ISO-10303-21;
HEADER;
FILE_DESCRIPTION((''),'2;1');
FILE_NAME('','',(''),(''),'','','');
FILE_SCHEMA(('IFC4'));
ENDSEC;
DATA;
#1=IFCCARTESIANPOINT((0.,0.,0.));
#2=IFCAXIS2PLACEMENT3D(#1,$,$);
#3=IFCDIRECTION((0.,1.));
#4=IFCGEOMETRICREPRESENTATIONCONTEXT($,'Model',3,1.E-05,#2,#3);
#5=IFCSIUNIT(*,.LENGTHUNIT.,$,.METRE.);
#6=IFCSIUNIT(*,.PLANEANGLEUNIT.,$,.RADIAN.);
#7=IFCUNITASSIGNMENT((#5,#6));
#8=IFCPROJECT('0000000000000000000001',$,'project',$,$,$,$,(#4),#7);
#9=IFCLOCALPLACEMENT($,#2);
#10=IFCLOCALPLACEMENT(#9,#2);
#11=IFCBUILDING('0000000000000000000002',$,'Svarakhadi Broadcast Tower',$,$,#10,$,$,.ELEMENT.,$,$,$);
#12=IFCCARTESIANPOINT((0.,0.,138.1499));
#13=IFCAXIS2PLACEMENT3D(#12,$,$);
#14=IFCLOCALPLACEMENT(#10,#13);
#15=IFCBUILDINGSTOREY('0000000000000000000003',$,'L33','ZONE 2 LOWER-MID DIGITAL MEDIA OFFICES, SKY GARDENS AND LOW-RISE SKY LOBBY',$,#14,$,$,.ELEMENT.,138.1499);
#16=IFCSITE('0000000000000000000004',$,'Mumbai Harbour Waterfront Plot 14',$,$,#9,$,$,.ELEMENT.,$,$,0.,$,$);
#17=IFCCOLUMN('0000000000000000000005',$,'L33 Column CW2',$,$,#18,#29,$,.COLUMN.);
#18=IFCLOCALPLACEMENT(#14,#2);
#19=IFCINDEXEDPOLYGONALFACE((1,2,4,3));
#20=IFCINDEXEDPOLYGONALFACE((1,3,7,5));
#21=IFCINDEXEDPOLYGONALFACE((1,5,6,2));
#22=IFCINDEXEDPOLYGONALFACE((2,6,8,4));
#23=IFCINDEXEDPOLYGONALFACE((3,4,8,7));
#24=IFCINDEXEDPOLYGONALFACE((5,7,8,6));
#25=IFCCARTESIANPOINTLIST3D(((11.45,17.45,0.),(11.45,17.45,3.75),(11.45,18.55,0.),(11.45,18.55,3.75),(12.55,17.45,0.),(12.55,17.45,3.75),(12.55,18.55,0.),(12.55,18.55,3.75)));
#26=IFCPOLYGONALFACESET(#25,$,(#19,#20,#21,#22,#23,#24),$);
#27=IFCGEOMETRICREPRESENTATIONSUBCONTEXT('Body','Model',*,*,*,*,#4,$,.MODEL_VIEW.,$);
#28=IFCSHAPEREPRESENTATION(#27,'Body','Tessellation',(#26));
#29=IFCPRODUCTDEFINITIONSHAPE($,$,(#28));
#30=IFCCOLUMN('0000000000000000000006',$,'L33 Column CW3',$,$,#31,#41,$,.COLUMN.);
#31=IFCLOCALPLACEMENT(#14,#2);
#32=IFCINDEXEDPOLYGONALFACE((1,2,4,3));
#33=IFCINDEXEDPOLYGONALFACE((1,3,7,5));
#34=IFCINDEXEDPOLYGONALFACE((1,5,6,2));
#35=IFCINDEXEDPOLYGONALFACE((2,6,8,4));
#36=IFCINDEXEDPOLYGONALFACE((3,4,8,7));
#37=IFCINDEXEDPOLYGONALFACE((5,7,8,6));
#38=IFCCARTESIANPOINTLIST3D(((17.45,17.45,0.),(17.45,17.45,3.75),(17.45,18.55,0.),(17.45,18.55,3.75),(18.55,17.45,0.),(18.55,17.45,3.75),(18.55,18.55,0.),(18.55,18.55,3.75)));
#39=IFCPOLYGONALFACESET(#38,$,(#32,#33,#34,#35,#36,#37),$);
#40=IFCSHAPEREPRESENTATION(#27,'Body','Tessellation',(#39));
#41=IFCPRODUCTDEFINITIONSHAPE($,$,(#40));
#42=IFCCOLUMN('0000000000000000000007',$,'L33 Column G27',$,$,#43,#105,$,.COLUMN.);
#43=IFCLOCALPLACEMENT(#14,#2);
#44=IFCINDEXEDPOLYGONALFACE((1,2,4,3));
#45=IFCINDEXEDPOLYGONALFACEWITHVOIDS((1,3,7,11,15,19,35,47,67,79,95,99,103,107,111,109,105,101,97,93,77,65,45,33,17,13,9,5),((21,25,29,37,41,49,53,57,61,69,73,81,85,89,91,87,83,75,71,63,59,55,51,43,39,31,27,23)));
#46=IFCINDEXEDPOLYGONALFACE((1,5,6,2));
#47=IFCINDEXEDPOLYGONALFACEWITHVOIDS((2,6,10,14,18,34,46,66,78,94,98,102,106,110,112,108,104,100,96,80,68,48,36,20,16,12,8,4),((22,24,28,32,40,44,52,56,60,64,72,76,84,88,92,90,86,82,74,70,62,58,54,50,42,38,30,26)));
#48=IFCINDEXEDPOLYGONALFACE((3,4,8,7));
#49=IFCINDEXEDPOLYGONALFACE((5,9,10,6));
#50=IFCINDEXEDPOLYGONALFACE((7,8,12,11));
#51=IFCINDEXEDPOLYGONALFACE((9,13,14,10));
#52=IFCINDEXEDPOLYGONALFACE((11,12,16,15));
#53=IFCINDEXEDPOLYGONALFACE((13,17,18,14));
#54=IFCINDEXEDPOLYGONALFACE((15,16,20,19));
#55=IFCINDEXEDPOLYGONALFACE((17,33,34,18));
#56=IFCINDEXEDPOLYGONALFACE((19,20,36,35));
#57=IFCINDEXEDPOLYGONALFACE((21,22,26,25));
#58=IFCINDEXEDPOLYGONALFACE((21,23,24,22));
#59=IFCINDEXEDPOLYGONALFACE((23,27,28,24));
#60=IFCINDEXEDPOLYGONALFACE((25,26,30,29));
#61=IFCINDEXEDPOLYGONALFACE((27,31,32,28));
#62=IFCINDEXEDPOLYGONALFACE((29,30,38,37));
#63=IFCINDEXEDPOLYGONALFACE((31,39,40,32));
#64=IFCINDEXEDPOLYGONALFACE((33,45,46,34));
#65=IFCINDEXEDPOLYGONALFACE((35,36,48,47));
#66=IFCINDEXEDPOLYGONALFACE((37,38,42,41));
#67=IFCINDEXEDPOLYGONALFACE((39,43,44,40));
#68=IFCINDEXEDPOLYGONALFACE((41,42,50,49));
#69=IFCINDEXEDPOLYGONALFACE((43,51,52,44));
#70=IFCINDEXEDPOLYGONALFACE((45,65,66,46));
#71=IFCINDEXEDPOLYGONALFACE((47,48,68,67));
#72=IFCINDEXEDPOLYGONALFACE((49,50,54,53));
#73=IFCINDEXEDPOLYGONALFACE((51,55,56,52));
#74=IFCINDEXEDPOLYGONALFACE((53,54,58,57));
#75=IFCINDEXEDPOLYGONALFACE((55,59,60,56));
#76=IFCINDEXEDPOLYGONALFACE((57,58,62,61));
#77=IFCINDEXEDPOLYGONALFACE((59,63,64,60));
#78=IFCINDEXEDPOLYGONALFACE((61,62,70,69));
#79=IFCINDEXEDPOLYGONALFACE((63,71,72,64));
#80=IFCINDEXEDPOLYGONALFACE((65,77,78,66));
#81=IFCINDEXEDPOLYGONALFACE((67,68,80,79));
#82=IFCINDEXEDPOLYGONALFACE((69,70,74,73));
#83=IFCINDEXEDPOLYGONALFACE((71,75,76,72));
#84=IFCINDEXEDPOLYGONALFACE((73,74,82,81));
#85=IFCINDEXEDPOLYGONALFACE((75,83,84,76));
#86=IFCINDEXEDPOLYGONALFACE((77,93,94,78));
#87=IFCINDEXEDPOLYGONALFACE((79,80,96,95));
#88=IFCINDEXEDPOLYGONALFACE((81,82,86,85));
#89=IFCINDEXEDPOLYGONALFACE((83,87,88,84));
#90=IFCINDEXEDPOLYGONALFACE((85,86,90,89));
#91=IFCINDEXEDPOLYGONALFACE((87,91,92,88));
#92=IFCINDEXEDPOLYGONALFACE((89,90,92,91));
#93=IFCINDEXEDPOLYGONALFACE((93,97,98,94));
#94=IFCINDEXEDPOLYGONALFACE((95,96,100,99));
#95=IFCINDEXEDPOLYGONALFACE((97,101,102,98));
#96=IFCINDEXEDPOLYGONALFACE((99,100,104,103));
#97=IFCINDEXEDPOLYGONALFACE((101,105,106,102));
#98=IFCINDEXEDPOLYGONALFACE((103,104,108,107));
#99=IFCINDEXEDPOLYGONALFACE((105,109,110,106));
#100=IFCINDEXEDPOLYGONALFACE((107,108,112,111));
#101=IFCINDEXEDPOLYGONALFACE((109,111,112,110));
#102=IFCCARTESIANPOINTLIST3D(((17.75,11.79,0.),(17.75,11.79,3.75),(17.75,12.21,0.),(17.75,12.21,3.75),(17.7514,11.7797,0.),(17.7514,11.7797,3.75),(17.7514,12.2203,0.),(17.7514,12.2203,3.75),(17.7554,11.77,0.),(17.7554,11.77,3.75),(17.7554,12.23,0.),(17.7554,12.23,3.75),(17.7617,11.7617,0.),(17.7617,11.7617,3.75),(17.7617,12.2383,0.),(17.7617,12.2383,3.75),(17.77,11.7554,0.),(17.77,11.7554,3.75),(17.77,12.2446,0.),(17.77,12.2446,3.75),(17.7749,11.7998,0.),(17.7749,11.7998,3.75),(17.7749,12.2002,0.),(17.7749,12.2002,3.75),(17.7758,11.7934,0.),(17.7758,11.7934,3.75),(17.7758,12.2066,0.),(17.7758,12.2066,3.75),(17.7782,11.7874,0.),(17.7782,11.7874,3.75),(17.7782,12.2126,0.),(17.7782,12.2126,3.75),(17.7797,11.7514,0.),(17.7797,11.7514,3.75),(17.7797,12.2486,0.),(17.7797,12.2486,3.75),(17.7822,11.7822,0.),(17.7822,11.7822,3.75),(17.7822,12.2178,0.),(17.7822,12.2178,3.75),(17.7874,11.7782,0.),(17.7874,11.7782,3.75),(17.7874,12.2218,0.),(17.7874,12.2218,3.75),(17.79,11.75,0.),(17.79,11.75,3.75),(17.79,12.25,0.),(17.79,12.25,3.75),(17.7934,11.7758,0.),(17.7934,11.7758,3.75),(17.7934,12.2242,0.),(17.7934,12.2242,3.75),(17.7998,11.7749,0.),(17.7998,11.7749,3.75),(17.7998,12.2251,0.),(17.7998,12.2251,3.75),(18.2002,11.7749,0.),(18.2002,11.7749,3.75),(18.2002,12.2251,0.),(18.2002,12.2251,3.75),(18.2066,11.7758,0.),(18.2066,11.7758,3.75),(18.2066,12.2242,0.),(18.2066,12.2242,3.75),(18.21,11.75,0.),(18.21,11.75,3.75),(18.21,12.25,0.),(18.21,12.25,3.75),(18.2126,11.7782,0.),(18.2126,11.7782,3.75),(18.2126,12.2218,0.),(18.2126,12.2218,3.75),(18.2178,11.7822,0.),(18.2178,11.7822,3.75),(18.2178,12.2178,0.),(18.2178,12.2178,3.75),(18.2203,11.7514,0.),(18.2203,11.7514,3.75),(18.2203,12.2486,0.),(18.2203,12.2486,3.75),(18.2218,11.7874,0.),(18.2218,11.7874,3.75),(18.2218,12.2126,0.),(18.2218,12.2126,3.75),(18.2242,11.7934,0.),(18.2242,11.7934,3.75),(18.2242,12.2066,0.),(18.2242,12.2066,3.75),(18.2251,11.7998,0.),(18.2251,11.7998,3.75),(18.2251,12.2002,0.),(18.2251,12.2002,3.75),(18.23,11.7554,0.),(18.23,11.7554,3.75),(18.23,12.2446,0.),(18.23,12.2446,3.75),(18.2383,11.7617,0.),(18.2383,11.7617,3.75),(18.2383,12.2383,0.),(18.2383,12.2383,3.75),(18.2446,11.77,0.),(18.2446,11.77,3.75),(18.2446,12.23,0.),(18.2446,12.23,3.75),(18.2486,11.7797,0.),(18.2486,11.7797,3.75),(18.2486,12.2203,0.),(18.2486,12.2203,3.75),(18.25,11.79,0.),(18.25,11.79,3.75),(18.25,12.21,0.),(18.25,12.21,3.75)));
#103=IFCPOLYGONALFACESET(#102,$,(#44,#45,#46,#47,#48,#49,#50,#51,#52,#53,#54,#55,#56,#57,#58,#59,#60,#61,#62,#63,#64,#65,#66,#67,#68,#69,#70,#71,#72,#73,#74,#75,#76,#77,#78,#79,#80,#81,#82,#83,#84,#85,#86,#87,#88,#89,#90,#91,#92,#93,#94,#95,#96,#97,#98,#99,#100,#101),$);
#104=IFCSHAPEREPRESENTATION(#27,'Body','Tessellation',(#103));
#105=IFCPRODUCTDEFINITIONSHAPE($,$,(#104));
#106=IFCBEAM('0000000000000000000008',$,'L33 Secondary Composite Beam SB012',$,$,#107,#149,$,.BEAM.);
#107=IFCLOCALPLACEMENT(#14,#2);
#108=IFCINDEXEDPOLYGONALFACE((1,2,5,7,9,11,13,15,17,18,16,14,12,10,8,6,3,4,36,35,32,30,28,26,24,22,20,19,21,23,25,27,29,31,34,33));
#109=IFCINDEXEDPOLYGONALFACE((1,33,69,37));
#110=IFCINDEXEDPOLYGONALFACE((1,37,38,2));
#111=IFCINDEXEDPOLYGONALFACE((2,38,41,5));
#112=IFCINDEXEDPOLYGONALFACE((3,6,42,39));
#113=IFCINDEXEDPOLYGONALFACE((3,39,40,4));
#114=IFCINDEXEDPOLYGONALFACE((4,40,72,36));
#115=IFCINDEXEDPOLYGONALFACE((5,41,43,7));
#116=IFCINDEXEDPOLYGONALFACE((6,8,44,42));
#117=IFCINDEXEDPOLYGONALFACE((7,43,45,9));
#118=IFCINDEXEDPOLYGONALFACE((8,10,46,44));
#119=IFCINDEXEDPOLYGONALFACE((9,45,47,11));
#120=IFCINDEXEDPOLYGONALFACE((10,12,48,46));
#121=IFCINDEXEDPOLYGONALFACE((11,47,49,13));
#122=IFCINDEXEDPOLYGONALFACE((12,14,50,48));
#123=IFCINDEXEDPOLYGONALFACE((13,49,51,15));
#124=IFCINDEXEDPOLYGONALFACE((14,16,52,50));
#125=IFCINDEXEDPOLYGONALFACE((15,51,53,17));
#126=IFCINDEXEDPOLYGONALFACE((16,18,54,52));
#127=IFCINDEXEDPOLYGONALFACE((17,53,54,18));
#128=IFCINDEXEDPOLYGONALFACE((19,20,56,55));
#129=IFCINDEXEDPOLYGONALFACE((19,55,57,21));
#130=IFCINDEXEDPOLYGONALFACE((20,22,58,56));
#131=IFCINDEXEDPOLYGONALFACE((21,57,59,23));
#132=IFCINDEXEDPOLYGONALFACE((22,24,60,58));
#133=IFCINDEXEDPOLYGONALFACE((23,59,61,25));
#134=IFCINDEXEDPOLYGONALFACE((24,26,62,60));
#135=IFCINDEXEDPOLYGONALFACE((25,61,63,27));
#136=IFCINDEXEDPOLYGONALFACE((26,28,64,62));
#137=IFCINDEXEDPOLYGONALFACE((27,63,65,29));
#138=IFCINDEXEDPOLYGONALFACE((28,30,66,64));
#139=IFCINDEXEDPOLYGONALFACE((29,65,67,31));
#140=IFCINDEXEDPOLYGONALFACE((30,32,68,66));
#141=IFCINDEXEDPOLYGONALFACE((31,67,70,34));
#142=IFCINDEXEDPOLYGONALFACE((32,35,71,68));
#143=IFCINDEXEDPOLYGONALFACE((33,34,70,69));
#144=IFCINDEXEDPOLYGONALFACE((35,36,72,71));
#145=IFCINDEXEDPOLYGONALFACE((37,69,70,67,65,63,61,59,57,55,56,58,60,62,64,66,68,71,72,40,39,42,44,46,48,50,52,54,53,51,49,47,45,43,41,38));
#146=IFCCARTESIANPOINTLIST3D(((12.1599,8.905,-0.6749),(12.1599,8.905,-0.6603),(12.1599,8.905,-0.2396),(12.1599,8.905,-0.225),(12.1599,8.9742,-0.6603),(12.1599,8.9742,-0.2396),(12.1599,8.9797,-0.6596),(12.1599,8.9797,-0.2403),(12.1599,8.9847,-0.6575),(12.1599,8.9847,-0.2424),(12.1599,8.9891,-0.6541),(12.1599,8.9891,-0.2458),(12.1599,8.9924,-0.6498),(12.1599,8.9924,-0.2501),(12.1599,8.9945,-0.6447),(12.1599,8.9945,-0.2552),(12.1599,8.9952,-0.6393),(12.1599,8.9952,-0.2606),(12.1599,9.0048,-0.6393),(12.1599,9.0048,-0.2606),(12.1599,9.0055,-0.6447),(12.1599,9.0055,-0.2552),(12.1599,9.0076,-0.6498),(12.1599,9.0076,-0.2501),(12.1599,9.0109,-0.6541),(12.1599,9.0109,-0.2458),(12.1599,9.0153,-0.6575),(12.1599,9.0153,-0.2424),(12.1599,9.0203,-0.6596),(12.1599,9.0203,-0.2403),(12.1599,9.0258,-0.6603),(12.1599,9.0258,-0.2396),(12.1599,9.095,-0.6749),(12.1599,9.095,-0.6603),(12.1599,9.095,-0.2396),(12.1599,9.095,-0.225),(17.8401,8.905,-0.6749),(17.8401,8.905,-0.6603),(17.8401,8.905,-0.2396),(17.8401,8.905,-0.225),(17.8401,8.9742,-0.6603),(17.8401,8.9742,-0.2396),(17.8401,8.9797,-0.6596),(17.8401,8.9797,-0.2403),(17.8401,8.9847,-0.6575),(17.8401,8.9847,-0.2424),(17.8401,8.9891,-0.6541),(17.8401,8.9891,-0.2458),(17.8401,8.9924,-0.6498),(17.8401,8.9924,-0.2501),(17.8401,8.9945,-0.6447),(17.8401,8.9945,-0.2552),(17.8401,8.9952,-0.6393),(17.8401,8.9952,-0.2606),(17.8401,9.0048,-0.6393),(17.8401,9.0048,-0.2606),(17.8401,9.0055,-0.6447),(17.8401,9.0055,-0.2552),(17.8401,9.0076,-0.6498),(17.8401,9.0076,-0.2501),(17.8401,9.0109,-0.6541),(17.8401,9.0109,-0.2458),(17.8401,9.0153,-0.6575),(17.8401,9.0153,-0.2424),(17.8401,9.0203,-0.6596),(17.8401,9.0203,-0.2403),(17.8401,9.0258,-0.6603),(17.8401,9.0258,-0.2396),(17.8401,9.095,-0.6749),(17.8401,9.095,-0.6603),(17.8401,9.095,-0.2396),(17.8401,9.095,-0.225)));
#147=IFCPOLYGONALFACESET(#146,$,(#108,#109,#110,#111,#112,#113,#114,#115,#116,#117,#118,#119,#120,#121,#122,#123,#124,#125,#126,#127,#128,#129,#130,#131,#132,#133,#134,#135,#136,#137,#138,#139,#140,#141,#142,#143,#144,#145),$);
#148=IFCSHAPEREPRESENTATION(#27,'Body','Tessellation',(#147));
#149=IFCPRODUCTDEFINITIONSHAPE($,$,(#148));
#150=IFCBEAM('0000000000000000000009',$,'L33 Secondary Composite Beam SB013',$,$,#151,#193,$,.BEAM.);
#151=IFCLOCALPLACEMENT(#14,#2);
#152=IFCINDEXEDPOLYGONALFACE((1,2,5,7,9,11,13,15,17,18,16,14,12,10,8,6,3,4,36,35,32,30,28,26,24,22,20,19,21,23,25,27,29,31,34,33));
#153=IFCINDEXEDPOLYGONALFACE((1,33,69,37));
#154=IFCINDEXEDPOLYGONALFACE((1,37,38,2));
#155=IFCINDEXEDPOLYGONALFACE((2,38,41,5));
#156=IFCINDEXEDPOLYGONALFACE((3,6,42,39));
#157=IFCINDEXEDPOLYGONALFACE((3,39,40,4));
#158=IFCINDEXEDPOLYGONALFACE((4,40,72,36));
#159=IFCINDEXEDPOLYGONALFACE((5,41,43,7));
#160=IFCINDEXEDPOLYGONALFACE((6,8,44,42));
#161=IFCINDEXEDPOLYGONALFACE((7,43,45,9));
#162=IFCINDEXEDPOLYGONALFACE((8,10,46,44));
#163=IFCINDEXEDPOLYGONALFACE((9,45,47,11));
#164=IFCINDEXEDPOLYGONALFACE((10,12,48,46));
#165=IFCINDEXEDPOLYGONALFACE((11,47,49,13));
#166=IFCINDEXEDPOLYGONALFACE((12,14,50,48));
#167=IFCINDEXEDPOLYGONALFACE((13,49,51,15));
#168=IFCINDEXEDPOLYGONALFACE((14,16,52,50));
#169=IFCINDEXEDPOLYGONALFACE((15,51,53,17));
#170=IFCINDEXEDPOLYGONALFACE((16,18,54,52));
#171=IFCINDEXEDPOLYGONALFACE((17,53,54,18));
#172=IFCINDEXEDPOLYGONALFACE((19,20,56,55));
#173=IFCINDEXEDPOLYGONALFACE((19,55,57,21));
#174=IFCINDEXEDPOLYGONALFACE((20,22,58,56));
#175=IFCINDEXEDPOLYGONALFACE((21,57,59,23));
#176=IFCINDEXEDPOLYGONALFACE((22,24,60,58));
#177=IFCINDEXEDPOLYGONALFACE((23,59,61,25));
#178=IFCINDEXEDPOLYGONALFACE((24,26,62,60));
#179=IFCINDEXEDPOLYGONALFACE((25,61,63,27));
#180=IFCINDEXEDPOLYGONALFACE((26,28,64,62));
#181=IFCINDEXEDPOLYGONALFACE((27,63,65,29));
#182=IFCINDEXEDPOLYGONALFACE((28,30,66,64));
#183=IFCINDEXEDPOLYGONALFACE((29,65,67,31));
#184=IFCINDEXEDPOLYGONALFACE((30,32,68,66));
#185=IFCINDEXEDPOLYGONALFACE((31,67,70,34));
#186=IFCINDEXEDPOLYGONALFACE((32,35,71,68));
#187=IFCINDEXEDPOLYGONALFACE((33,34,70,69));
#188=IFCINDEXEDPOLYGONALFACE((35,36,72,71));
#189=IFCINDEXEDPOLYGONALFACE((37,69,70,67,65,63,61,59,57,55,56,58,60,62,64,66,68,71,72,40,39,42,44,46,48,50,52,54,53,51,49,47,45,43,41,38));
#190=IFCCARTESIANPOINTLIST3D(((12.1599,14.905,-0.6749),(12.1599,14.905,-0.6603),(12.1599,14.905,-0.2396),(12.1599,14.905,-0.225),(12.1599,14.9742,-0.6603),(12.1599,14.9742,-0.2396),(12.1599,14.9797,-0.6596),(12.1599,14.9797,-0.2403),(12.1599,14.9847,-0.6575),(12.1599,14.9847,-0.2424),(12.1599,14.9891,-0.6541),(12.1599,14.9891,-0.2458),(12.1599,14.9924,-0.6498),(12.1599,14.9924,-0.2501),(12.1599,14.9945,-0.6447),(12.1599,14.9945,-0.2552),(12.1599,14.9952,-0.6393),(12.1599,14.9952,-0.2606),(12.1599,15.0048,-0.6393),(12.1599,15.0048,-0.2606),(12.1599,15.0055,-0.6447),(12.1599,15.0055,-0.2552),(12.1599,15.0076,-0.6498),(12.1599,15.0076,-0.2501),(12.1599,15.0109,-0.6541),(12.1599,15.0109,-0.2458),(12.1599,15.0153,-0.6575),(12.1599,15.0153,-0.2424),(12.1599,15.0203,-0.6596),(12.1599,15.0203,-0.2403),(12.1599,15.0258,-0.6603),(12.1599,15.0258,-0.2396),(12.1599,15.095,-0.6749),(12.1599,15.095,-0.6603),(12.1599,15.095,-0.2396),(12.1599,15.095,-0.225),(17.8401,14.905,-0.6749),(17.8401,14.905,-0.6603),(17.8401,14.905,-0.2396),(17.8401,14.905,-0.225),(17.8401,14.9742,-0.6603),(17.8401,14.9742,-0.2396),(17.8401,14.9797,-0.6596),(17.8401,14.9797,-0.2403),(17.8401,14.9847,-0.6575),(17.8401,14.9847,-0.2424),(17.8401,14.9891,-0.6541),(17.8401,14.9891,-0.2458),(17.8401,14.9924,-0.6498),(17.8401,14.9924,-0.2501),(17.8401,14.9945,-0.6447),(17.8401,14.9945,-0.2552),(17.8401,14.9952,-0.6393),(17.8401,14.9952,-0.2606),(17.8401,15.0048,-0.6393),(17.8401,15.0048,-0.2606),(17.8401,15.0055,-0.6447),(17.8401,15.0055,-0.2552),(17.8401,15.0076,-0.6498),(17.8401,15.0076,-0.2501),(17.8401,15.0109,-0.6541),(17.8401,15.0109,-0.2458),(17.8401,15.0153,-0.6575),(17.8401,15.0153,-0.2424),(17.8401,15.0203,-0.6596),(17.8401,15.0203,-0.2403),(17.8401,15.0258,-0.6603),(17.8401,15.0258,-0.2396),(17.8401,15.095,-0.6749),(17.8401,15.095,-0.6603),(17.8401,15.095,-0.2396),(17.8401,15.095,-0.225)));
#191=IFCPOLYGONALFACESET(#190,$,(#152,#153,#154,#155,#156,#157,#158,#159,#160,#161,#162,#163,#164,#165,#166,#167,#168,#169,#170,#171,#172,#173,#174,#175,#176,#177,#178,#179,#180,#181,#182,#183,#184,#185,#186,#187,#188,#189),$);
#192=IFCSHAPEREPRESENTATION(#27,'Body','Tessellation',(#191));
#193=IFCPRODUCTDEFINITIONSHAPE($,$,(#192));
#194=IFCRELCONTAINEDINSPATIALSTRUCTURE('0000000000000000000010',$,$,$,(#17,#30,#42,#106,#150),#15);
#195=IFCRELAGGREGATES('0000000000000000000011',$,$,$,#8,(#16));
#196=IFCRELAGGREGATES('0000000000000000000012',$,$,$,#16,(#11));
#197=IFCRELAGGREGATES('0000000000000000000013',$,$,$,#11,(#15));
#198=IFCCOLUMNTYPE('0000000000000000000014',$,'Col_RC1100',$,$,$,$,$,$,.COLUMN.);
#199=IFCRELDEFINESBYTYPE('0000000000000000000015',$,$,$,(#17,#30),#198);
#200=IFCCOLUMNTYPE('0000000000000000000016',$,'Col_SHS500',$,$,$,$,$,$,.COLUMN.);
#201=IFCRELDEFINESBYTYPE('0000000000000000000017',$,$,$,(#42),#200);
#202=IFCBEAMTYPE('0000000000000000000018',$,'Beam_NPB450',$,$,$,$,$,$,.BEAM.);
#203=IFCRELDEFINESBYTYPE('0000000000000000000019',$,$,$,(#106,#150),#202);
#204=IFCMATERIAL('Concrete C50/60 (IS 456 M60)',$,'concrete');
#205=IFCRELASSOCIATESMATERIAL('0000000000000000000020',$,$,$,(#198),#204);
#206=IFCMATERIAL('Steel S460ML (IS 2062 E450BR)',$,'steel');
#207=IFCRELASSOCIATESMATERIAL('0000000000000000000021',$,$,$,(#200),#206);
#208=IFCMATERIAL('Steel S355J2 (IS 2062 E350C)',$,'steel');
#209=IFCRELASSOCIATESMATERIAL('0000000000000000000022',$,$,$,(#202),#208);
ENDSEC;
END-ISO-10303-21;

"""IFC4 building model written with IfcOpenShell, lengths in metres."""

from ifc_helpers import new_model, si_unit, direction, frame, origin, origin_2d, place, context, subcontext, project, spatial, rectangle, hollow_rectangle, i_section, extrude, material, material_profile, profile_set, type_object, element, save


model = new_model("IFC4")

# Units and contexts
model_context = context("Model", 3, precision=1e-05, world=origin(), true_north=direction((0.0, 1.0)))
body_context = subcontext(model_context, "Body", "Model", "MODEL_VIEW")
ifc_project = project(units=[si_unit("LENGTHUNIT", "METRE"), si_unit("PLANEANGLEUNIT", "RADIAN")], contexts=[model_context])

# Site, building, storey
site_placement = place(None, origin())
site = spatial("IfcSite", under=ifc_project, at=site_placement, Name="Mumbai Harbour Waterfront Plot 14", CompositionType="ELEMENT", RefElevation=0.0)
building_placement = place(site_placement, origin())
building = spatial("IfcBuilding", under=site, at=building_placement, Name="Svarakhadi Broadcast Tower", CompositionType="ELEMENT")
storey_placement = place(building_placement, frame((0.0, 0.0, 138.1499)))
storey = spatial("IfcBuildingStorey", under=building, at=storey_placement, Name="L33", Description="ZONE 2 LOWER-MID DIGITAL MEDIA OFFICES, SKY GARDENS AND LOW-RISE SKY LOBBY", CompositionType="ELEMENT", Elevation=138.1499)

# Columns
ifc_material_1 = material(Name="Concrete C50/60 (IS 456 M60)", Category="concrete")
ifc_material_profile_1 = material_profile(ifc_material_1, rectangle(XDim=1.1001, YDim=1.1001, at=origin_2d()), Name="RC 1100x1100")
ifc_profile_set_1 = profile_set([ifc_material_profile_1], Name="Concrete C50/60 (IS 456 M60)")
column_type_1 = type_object("IfcColumnType", Name="Col_RC1100", PredefinedType="COLUMN", material=ifc_profile_set_1)
for number, where, z_axis, x_axis, name in (
    (1, (12.0, 18.0, 0.0), (0.0, 0.0, 1.0), (1.0, 0.0, 0.0), "L33 Column CW2"),
    (2, (18.0, 18.0, 0.0), (0.0, 0.0, 1.0), (1.0, 0.0, 0.0), "L33 Column CW3"),
):
    element("IfcColumn", number, at=place(storey_placement, frame(where, z_axis=z_axis, x_axis=x_axis)), inside=storey, type_object=column_type_1, Name=name, PredefinedType="COLUMN", context=body_context, shape_type="SweptSolid", body=[
        extrude(rectangle(XDim=1.1001, YDim=1.1001, at=origin_2d()), origin(), (0.0, 0.0, 1.0), 3.75),
    ])
ifc_material_2 = material(Name="Steel S460ML (IS 2062 E450BR)", Category="steel")
ifc_material_profile_2 = material_profile(ifc_material_2, hollow_rectangle(XDim=0.5, YDim=0.5, WallThickness=0.0249, InnerFilletRadius=0.0249, OuterFilletRadius=0.04, at=origin_2d()), Name="SHS 500x500x25")
ifc_profile_set_2 = profile_set([ifc_material_profile_2], Name="Steel S460ML (IS 2062 E450BR)")
column_type_2 = type_object("IfcColumnType", Name="Col_SHS500", PredefinedType="COLUMN", material=ifc_profile_set_2)
column_placement = place(storey_placement, frame((18.0, 12.0, 0.0), z_axis=(0.0, 0.0, 1.0), x_axis=(1.0, 0.0, 0.0)))
element("IfcColumn", 3, at=column_placement, inside=storey, type_object=column_type_2, Name="L33 Column G27", PredefinedType="COLUMN", context=body_context, shape_type="SweptSolid", body=[
    extrude(hollow_rectangle(XDim=0.5, YDim=0.5, WallThickness=0.0249, InnerFilletRadius=0.0249, OuterFilletRadius=0.04, at=origin_2d()), origin(), (0.0, 0.0, 1.0), 3.75),
])

# Beams
ifc_material_3 = material(Name="Steel S355J2 (IS 2062 E350C)", Category="steel")
ifc_material_profile_3 = material_profile(ifc_material_3, i_section(OverallWidth=0.1899, OverallDepth=0.45, WebThickness=0.0095, FlangeThickness=0.0146, FilletRadius=0.021, at=origin_2d()), Name="NPB 450x190x78")
ifc_profile_set_3 = profile_set([ifc_material_profile_3], Name="Steel S355J2 (IS 2062 E350C)")
beam_type_1 = type_object("IfcBeamType", Name="Beam_NPB450", PredefinedType="BEAM", material=ifc_profile_set_3)
for number, where, z_axis, x_axis, name in (
    (4, (12.1599, 9.0, -0.45), (1.0, 0.0, 0.0), (0.0, 1.0, 0.0), "L33 Secondary Composite Beam SB012"),
    (5, (12.1599, 15.0, -0.45), (1.0, 0.0, 0.0), (0.0, 1.0, 0.0), "L33 Secondary Composite Beam SB013"),
):
    element("IfcBeam", number, at=place(storey_placement, frame(where, z_axis=z_axis, x_axis=x_axis)), inside=storey, type_object=beam_type_1, Name=name, PredefinedType="BEAM", context=body_context, shape_type="SweptSolid", body=[
        extrude(i_section(OverallWidth=0.1899, OverallDepth=0.45, WebThickness=0.0095, FlangeThickness=0.0146, FilletRadius=0.021, at=origin_2d()), origin(), (0.0, 0.0, 1.0), 5.6802),
    ])

save(model, "model.ifc")
